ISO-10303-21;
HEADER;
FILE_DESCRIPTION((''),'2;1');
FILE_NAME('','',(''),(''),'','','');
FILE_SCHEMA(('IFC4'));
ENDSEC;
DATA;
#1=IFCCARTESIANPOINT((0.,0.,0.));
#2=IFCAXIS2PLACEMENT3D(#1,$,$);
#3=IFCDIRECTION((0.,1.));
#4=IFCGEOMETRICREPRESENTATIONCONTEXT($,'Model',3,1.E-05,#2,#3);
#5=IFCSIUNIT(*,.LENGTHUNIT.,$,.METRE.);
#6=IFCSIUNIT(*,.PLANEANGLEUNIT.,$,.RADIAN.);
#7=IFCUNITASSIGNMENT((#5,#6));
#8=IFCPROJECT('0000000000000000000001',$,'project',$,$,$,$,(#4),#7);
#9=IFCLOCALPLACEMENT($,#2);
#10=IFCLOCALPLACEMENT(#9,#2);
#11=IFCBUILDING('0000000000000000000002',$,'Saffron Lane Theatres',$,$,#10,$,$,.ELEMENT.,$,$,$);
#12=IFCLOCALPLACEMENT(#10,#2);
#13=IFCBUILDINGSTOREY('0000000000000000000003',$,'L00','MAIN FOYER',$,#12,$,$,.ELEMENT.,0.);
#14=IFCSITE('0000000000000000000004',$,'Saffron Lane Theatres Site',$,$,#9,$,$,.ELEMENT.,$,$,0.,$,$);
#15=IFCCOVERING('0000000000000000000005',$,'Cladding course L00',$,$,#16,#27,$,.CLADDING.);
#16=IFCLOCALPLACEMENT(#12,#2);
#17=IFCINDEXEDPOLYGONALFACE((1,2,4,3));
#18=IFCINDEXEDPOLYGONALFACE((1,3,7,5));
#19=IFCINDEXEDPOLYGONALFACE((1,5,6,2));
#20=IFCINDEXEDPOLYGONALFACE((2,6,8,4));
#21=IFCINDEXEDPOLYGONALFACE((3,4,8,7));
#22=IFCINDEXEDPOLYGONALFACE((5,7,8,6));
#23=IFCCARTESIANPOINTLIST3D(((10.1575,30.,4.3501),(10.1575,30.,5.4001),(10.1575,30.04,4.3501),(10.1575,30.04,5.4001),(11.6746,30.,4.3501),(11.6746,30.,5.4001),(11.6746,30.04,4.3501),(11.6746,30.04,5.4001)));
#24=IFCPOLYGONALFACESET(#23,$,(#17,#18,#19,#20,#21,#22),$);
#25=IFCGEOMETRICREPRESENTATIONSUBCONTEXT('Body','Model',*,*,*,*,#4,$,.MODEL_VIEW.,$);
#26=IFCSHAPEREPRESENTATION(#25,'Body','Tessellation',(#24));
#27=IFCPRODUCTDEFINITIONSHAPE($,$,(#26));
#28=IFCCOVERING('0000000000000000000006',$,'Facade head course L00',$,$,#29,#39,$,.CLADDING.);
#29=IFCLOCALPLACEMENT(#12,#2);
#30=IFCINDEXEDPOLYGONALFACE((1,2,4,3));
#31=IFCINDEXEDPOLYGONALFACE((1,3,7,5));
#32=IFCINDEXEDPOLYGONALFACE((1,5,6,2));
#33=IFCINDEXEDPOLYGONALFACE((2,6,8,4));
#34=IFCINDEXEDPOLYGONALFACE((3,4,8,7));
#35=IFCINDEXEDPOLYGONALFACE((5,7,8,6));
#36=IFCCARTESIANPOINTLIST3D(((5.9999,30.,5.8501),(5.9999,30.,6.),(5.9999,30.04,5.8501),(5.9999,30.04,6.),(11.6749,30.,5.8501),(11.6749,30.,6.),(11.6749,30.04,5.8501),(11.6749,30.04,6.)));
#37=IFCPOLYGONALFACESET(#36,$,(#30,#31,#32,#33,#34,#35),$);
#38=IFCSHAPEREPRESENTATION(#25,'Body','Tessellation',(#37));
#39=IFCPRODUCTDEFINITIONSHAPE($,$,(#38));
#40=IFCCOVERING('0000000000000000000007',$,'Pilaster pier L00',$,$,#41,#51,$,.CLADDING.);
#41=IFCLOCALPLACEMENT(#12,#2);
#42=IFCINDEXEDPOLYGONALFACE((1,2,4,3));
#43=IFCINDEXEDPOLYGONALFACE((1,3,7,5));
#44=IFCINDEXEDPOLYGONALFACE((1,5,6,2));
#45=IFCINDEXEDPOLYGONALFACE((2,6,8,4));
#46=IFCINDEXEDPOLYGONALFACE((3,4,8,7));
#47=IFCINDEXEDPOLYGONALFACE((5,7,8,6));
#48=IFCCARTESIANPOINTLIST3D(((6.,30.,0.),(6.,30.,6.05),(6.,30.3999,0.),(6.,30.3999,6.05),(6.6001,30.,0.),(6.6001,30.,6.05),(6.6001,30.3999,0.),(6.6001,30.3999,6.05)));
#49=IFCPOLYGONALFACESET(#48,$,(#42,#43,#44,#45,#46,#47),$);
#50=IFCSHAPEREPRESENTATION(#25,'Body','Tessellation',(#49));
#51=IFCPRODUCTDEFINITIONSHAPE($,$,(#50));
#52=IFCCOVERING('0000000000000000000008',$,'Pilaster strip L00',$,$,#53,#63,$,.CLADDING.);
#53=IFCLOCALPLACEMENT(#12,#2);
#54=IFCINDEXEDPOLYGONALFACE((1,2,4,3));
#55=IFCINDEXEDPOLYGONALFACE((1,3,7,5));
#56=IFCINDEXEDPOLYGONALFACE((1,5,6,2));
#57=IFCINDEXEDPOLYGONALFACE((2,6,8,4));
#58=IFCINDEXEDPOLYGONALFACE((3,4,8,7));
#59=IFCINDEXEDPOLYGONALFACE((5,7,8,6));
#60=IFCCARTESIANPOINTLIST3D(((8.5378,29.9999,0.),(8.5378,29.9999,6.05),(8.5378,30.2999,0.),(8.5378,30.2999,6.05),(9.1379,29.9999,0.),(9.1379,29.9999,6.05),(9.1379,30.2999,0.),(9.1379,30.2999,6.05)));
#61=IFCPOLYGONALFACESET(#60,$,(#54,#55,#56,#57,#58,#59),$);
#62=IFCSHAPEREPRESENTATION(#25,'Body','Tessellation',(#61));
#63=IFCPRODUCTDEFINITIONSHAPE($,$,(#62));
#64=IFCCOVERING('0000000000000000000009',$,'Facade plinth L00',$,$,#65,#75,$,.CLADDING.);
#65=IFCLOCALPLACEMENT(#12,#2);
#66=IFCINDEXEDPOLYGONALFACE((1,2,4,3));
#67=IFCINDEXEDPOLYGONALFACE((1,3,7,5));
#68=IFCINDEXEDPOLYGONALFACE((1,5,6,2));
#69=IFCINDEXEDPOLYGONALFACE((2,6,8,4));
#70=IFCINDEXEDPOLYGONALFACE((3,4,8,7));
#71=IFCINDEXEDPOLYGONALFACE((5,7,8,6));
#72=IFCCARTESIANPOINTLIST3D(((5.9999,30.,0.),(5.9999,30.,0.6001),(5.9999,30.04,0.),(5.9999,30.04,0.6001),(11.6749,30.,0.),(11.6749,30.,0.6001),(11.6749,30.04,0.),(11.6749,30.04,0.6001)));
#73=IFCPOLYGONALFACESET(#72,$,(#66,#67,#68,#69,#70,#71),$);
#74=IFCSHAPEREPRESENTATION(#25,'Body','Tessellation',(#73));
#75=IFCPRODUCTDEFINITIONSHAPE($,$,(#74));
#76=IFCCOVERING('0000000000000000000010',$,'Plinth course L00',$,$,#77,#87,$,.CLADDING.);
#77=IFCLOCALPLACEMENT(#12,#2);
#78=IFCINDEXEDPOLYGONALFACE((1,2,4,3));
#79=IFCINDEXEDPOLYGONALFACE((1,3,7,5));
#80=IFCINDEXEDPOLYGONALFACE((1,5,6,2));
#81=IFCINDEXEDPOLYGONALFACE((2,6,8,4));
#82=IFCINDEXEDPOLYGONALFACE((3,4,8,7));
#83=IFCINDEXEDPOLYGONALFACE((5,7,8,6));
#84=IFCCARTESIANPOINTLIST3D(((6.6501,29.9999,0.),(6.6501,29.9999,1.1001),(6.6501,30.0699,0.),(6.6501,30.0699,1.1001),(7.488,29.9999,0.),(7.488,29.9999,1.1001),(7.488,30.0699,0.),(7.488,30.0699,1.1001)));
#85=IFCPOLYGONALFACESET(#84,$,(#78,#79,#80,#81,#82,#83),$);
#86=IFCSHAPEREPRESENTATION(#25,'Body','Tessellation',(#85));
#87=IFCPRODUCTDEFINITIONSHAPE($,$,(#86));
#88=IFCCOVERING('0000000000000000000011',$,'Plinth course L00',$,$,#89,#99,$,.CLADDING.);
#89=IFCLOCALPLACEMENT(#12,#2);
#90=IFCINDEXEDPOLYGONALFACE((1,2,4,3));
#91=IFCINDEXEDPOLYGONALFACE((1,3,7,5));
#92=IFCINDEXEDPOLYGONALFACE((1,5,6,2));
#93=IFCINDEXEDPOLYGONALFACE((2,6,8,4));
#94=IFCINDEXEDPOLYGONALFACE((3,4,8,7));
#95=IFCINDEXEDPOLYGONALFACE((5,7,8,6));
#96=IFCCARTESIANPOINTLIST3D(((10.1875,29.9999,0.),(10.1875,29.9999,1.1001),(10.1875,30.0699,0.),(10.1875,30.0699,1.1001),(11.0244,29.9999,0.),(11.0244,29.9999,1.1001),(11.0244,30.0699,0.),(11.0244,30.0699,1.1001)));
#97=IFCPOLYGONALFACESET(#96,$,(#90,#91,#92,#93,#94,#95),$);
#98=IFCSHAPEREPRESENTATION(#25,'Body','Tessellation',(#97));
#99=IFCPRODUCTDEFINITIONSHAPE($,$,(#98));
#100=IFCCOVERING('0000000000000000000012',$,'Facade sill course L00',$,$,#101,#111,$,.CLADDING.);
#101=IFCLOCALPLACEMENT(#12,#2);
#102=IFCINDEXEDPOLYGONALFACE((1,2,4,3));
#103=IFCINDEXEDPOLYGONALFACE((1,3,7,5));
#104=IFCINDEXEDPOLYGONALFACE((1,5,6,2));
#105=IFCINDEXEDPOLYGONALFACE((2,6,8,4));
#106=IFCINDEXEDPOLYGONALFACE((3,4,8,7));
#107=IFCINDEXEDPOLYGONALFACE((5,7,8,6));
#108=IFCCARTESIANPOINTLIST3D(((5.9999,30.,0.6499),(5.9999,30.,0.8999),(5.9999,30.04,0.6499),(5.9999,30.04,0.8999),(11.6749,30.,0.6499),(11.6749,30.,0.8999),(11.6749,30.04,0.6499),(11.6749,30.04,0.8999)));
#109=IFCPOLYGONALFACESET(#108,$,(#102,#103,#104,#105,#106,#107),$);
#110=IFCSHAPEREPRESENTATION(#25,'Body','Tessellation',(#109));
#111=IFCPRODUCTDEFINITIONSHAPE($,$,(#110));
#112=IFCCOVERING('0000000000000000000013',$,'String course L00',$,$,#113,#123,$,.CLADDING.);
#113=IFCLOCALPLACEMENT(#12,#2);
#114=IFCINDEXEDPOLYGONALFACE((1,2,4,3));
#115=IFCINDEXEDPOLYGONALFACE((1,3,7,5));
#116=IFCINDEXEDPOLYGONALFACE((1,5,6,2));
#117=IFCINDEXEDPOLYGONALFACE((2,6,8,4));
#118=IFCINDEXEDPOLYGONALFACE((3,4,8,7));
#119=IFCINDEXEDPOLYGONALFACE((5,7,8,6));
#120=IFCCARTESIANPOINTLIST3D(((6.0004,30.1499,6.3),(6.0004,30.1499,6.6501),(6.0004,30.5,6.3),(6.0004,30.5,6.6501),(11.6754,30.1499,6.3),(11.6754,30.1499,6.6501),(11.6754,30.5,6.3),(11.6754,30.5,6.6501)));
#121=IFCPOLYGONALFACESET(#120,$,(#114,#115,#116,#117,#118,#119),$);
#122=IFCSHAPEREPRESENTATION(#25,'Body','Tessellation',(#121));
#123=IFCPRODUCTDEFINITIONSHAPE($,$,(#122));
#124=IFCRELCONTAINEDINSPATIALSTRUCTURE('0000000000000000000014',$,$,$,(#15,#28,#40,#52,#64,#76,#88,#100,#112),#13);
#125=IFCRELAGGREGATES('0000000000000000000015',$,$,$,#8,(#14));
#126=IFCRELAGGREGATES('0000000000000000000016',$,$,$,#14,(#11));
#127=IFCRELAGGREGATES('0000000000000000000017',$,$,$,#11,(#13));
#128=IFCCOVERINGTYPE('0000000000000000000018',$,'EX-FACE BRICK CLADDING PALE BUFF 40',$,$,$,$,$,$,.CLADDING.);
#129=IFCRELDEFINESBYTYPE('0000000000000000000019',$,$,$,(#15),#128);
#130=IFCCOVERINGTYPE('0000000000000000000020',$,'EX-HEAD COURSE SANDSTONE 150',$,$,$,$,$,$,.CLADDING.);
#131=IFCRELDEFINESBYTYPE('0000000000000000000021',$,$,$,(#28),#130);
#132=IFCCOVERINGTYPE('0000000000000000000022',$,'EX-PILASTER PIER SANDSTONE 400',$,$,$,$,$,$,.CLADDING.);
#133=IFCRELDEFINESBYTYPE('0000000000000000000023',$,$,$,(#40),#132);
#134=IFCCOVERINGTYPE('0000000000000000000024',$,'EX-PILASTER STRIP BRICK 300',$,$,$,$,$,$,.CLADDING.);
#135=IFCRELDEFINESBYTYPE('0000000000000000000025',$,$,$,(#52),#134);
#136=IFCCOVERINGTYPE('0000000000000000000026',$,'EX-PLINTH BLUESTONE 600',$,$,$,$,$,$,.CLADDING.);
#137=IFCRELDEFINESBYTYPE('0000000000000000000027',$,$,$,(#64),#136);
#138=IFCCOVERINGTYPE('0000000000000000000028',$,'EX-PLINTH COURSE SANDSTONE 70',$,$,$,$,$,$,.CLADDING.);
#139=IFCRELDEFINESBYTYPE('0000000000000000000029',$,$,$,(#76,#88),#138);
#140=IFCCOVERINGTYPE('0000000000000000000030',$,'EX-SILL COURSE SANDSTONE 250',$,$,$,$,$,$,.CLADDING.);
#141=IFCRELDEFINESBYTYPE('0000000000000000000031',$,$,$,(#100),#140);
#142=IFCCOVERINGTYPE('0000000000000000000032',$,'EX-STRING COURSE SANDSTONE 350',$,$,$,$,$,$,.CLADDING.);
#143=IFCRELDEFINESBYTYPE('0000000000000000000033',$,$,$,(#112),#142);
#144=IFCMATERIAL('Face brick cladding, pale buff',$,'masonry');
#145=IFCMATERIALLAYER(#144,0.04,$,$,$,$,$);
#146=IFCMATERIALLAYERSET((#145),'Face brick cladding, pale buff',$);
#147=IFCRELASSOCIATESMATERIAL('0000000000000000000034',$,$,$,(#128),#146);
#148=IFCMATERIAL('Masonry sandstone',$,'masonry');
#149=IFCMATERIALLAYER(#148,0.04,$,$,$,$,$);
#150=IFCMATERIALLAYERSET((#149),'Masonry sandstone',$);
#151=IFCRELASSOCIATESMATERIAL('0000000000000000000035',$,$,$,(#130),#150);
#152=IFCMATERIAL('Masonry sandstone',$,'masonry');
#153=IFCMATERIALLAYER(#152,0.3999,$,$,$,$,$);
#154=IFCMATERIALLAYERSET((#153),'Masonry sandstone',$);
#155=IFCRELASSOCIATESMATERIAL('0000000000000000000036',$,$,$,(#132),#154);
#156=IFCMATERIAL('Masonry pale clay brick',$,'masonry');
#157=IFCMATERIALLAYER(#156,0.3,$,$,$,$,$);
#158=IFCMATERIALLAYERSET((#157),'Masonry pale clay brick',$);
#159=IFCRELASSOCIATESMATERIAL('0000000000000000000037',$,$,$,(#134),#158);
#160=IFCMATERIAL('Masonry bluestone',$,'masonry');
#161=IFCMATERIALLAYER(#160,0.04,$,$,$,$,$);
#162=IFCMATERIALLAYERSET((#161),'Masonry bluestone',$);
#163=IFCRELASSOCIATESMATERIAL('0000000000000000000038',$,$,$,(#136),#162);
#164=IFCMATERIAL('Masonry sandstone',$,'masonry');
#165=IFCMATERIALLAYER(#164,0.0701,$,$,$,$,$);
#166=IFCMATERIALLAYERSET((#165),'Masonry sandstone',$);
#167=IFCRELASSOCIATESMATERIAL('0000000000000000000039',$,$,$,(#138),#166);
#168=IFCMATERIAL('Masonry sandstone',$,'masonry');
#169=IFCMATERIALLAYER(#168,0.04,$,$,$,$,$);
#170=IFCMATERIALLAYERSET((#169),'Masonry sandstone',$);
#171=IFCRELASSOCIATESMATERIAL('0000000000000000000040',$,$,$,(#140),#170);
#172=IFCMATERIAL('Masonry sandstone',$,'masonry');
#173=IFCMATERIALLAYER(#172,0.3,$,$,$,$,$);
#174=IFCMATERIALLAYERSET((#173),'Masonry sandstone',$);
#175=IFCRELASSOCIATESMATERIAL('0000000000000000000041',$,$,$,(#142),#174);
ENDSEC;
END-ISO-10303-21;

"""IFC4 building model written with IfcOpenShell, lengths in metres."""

from ifc_helpers import new_model, si_unit, direction, frame, origin, origin_2d, place, context, subcontext, project, spatial, rectangle, extrude, material, layer, layer_set, type_object, element, save


model = new_model("IFC4")

# Units and contexts
model_context = context("Model", 3, precision=1e-05, world=origin(), true_north=direction((0.0, 1.0)))
body_context = subcontext(model_context, "Body", "Model", "MODEL_VIEW")
ifc_project = project(units=[si_unit("LENGTHUNIT", "METRE"), si_unit("PLANEANGLEUNIT", "RADIAN")], contexts=[model_context])

# Site, building, storey
site_placement = place(None, origin())
site = spatial("IfcSite", under=ifc_project, at=site_placement, Name="Saffron Lane Theatres Site", CompositionType="ELEMENT", RefElevation=0.0)
building_placement = place(site_placement, origin())
building = spatial("IfcBuilding", under=site, at=building_placement, Name="Saffron Lane Theatres", CompositionType="ELEMENT")
storey_placement = place(building_placement, origin())
storey = spatial("IfcBuildingStorey", under=building, at=storey_placement, Name="L00", Description="MAIN FOYER", CompositionType="ELEMENT", Elevation=0.0)

# Coverings
ifc_material_1 = material(Name="Face brick cladding, pale buff", Category="masonry")
ifc_layer_1 = layer(ifc_material_1, 0.04)
ifc_layer_set_1 = layer_set([ifc_layer_1], Name="Face brick cladding, pale buff")
covering_type_1 = type_object("IfcCoveringType", Name="EX-FACE BRICK CLADDING PALE BUFF 40", PredefinedType="CLADDING", material=ifc_layer_set_1)
covering_1_placement = place(storey_placement, frame((10.916, 30.02, 4.3501), z_axis=(0.0, 0.0, 1.0), x_axis=(1.0, 0.0, 0.0)))
element("IfcCovering", 1, at=covering_1_placement, inside=storey, type_object=covering_type_1, Name="Cladding course L00", PredefinedType="CLADDING", context=body_context, shape_type="SweptSolid", body=[
    extrude(rectangle(XDim=1.5171, YDim=0.04, at=origin_2d()), origin(), (0.0, 0.0, 1.0), 1.05),
])
ifc_material_2 = material(Name="Masonry sandstone", Category="masonry")
ifc_layer_2 = layer(ifc_material_2, 0.04)
ifc_layer_set_2 = layer_set([ifc_layer_2], Name="Masonry sandstone")
covering_type_2 = type_object("IfcCoveringType", Name="EX-HEAD COURSE SANDSTONE 150", PredefinedType="CLADDING", material=ifc_layer_set_2)
covering_2_placement = place(storey_placement, frame((8.8374, 30.02, 5.8501), z_axis=(0.0, 0.0, 1.0), x_axis=(1.0, 0.0, 0.0)))
element("IfcCovering", 2, at=covering_2_placement, inside=storey, type_object=covering_type_2, Name="Facade head course L00", PredefinedType="CLADDING", context=body_context, shape_type="SweptSolid", body=[
    extrude(rectangle(XDim=5.675, YDim=0.04, at=origin_2d()), origin(), (0.0, 0.0, 1.0), 0.1499),
])
ifc_material_3 = material(Name="Masonry sandstone", Category="masonry")
ifc_layer_3 = layer(ifc_material_3, 0.3999)
ifc_layer_set_3 = layer_set([ifc_layer_3], Name="Masonry sandstone")
covering_type_3 = type_object("IfcCoveringType", Name="EX-PILASTER PIER SANDSTONE 400", PredefinedType="CLADDING", material=ifc_layer_set_3)
covering_3_placement = place(storey_placement, frame((6.3, 30.2, 0.0), z_axis=(0.0, 0.0, 1.0), x_axis=(1.0, 0.0, 0.0)))
element("IfcCovering", 3, at=covering_3_placement, inside=storey, type_object=covering_type_3, Name="Pilaster pier L00", PredefinedType="CLADDING", context=body_context, shape_type="SweptSolid", body=[
    extrude(rectangle(XDim=0.6001, YDim=0.3999, at=origin_2d()), origin(), (0.0, 0.0, 1.0), 6.05),
])
ifc_material_4 = material(Name="Masonry pale clay brick", Category="masonry")
ifc_layer_4 = layer(ifc_material_4, 0.3)
ifc_layer_set_4 = layer_set([ifc_layer_4], Name="Masonry pale clay brick")
covering_type_4 = type_object("IfcCoveringType", Name="EX-PILASTER STRIP BRICK 300", PredefinedType="CLADDING", material=ifc_layer_set_4)
covering_4_placement = place(storey_placement, frame((8.8379, 30.1499, 0.0), z_axis=(0.0, 0.0, 1.0), x_axis=(1.0, 0.0, 0.0)))
element("IfcCovering", 4, at=covering_4_placement, inside=storey, type_object=covering_type_4, Name="Pilaster strip L00", PredefinedType="CLADDING", context=body_context, shape_type="SweptSolid", body=[
    extrude(rectangle(XDim=0.6001, YDim=0.3, at=origin_2d()), origin(), (0.0, 0.0, 1.0), 6.05),
])
ifc_material_5 = material(Name="Masonry bluestone", Category="masonry")
ifc_layer_5 = layer(ifc_material_5, 0.04)
ifc_layer_set_5 = layer_set([ifc_layer_5], Name="Masonry bluestone")
covering_type_5 = type_object("IfcCoveringType", Name="EX-PLINTH BLUESTONE 600", PredefinedType="CLADDING", material=ifc_layer_set_5)
covering_5_placement = place(storey_placement, frame((8.8374, 30.02, 0.0), z_axis=(0.0, 0.0, 1.0), x_axis=(1.0, 0.0, 0.0)))
element("IfcCovering", 5, at=covering_5_placement, inside=storey, type_object=covering_type_5, Name="Facade plinth L00", PredefinedType="CLADDING", context=body_context, shape_type="SweptSolid", body=[
    extrude(rectangle(XDim=5.675, YDim=0.04, at=origin_2d()), origin(), (0.0, 0.0, 1.0), 0.6001),
])
ifc_material_6 = material(Name="Masonry sandstone", Category="masonry")
ifc_layer_6 = layer(ifc_material_6, 0.0701)
ifc_layer_set_6 = layer_set([ifc_layer_6], Name="Masonry sandstone")
covering_type_6 = type_object("IfcCoveringType", Name="EX-PLINTH COURSE SANDSTONE 70", PredefinedType="CLADDING", material=ifc_layer_set_6)
covering_6_placement = place(storey_placement, frame((7.0691, 30.0349, 0.0), z_axis=(0.0, 0.0, 1.0), x_axis=(1.0, 0.0, 0.0)))
element("IfcCovering", 6, at=covering_6_placement, inside=storey, type_object=covering_type_6, Name="Plinth course L00", PredefinedType="CLADDING", context=body_context, shape_type="SweptSolid", body=[
    extrude(rectangle(XDim=0.8379, YDim=0.0701, at=origin_2d()), origin(), (0.0, 0.0, 1.0), 1.1001),
])
covering_7_placement = place(storey_placement, frame((10.606, 30.0349, 0.0), z_axis=(0.0, 0.0, 1.0), x_axis=(1.0, 0.0, 0.0)))
element("IfcCovering", 7, at=covering_7_placement, inside=storey, type_object=covering_type_6, Name="Plinth course L00", PredefinedType="CLADDING", context=body_context, shape_type="SweptSolid", body=[
    extrude(rectangle(XDim=0.8369, YDim=0.0701, at=origin_2d()), origin(), (0.0, 0.0, 1.0), 1.1001),
])
ifc_material_7 = material(Name="Masonry sandstone", Category="masonry")
ifc_layer_7 = layer(ifc_material_7, 0.04)
ifc_layer_set_7 = layer_set([ifc_layer_7], Name="Masonry sandstone")
covering_type_7 = type_object("IfcCoveringType", Name="EX-SILL COURSE SANDSTONE 250", PredefinedType="CLADDING", material=ifc_layer_set_7)
covering_8_placement = place(storey_placement, frame((8.8374, 30.02, 0.6499), z_axis=(0.0, 0.0, 1.0), x_axis=(1.0, 0.0, 0.0)))
element("IfcCovering", 8, at=covering_8_placement, inside=storey, type_object=covering_type_7, Name="Facade sill course L00", PredefinedType="CLADDING", context=body_context, shape_type="SweptSolid", body=[
    extrude(rectangle(XDim=5.675, YDim=0.04, at=origin_2d()), origin(), (0.0, 0.0, 1.0), 0.25),
])
ifc_material_8 = material(Name="Masonry sandstone", Category="masonry")
ifc_layer_8 = layer(ifc_material_8, 0.3)
ifc_layer_set_8 = layer_set([ifc_layer_8], Name="Masonry sandstone")
covering_type_8 = type_object("IfcCoveringType", Name="EX-STRING COURSE SANDSTONE 350", PredefinedType="CLADDING", material=ifc_layer_set_8)
covering_9_placement = place(storey_placement, frame((8.8379, 30.325, 6.3), z_axis=(0.0, 0.0, 1.0), x_axis=(1.0, 0.0, 0.0)))
element("IfcCovering", 9, at=covering_9_placement, inside=storey, type_object=covering_type_8, Name="String course L00", PredefinedType="CLADDING", context=body_context, shape_type="SweptSolid", body=[
    extrude(rectangle(XDim=5.675, YDim=0.3501, at=origin_2d()), origin(), (0.0, 0.0, 1.0), 0.3501),
])

save(model, "model.ifc")
